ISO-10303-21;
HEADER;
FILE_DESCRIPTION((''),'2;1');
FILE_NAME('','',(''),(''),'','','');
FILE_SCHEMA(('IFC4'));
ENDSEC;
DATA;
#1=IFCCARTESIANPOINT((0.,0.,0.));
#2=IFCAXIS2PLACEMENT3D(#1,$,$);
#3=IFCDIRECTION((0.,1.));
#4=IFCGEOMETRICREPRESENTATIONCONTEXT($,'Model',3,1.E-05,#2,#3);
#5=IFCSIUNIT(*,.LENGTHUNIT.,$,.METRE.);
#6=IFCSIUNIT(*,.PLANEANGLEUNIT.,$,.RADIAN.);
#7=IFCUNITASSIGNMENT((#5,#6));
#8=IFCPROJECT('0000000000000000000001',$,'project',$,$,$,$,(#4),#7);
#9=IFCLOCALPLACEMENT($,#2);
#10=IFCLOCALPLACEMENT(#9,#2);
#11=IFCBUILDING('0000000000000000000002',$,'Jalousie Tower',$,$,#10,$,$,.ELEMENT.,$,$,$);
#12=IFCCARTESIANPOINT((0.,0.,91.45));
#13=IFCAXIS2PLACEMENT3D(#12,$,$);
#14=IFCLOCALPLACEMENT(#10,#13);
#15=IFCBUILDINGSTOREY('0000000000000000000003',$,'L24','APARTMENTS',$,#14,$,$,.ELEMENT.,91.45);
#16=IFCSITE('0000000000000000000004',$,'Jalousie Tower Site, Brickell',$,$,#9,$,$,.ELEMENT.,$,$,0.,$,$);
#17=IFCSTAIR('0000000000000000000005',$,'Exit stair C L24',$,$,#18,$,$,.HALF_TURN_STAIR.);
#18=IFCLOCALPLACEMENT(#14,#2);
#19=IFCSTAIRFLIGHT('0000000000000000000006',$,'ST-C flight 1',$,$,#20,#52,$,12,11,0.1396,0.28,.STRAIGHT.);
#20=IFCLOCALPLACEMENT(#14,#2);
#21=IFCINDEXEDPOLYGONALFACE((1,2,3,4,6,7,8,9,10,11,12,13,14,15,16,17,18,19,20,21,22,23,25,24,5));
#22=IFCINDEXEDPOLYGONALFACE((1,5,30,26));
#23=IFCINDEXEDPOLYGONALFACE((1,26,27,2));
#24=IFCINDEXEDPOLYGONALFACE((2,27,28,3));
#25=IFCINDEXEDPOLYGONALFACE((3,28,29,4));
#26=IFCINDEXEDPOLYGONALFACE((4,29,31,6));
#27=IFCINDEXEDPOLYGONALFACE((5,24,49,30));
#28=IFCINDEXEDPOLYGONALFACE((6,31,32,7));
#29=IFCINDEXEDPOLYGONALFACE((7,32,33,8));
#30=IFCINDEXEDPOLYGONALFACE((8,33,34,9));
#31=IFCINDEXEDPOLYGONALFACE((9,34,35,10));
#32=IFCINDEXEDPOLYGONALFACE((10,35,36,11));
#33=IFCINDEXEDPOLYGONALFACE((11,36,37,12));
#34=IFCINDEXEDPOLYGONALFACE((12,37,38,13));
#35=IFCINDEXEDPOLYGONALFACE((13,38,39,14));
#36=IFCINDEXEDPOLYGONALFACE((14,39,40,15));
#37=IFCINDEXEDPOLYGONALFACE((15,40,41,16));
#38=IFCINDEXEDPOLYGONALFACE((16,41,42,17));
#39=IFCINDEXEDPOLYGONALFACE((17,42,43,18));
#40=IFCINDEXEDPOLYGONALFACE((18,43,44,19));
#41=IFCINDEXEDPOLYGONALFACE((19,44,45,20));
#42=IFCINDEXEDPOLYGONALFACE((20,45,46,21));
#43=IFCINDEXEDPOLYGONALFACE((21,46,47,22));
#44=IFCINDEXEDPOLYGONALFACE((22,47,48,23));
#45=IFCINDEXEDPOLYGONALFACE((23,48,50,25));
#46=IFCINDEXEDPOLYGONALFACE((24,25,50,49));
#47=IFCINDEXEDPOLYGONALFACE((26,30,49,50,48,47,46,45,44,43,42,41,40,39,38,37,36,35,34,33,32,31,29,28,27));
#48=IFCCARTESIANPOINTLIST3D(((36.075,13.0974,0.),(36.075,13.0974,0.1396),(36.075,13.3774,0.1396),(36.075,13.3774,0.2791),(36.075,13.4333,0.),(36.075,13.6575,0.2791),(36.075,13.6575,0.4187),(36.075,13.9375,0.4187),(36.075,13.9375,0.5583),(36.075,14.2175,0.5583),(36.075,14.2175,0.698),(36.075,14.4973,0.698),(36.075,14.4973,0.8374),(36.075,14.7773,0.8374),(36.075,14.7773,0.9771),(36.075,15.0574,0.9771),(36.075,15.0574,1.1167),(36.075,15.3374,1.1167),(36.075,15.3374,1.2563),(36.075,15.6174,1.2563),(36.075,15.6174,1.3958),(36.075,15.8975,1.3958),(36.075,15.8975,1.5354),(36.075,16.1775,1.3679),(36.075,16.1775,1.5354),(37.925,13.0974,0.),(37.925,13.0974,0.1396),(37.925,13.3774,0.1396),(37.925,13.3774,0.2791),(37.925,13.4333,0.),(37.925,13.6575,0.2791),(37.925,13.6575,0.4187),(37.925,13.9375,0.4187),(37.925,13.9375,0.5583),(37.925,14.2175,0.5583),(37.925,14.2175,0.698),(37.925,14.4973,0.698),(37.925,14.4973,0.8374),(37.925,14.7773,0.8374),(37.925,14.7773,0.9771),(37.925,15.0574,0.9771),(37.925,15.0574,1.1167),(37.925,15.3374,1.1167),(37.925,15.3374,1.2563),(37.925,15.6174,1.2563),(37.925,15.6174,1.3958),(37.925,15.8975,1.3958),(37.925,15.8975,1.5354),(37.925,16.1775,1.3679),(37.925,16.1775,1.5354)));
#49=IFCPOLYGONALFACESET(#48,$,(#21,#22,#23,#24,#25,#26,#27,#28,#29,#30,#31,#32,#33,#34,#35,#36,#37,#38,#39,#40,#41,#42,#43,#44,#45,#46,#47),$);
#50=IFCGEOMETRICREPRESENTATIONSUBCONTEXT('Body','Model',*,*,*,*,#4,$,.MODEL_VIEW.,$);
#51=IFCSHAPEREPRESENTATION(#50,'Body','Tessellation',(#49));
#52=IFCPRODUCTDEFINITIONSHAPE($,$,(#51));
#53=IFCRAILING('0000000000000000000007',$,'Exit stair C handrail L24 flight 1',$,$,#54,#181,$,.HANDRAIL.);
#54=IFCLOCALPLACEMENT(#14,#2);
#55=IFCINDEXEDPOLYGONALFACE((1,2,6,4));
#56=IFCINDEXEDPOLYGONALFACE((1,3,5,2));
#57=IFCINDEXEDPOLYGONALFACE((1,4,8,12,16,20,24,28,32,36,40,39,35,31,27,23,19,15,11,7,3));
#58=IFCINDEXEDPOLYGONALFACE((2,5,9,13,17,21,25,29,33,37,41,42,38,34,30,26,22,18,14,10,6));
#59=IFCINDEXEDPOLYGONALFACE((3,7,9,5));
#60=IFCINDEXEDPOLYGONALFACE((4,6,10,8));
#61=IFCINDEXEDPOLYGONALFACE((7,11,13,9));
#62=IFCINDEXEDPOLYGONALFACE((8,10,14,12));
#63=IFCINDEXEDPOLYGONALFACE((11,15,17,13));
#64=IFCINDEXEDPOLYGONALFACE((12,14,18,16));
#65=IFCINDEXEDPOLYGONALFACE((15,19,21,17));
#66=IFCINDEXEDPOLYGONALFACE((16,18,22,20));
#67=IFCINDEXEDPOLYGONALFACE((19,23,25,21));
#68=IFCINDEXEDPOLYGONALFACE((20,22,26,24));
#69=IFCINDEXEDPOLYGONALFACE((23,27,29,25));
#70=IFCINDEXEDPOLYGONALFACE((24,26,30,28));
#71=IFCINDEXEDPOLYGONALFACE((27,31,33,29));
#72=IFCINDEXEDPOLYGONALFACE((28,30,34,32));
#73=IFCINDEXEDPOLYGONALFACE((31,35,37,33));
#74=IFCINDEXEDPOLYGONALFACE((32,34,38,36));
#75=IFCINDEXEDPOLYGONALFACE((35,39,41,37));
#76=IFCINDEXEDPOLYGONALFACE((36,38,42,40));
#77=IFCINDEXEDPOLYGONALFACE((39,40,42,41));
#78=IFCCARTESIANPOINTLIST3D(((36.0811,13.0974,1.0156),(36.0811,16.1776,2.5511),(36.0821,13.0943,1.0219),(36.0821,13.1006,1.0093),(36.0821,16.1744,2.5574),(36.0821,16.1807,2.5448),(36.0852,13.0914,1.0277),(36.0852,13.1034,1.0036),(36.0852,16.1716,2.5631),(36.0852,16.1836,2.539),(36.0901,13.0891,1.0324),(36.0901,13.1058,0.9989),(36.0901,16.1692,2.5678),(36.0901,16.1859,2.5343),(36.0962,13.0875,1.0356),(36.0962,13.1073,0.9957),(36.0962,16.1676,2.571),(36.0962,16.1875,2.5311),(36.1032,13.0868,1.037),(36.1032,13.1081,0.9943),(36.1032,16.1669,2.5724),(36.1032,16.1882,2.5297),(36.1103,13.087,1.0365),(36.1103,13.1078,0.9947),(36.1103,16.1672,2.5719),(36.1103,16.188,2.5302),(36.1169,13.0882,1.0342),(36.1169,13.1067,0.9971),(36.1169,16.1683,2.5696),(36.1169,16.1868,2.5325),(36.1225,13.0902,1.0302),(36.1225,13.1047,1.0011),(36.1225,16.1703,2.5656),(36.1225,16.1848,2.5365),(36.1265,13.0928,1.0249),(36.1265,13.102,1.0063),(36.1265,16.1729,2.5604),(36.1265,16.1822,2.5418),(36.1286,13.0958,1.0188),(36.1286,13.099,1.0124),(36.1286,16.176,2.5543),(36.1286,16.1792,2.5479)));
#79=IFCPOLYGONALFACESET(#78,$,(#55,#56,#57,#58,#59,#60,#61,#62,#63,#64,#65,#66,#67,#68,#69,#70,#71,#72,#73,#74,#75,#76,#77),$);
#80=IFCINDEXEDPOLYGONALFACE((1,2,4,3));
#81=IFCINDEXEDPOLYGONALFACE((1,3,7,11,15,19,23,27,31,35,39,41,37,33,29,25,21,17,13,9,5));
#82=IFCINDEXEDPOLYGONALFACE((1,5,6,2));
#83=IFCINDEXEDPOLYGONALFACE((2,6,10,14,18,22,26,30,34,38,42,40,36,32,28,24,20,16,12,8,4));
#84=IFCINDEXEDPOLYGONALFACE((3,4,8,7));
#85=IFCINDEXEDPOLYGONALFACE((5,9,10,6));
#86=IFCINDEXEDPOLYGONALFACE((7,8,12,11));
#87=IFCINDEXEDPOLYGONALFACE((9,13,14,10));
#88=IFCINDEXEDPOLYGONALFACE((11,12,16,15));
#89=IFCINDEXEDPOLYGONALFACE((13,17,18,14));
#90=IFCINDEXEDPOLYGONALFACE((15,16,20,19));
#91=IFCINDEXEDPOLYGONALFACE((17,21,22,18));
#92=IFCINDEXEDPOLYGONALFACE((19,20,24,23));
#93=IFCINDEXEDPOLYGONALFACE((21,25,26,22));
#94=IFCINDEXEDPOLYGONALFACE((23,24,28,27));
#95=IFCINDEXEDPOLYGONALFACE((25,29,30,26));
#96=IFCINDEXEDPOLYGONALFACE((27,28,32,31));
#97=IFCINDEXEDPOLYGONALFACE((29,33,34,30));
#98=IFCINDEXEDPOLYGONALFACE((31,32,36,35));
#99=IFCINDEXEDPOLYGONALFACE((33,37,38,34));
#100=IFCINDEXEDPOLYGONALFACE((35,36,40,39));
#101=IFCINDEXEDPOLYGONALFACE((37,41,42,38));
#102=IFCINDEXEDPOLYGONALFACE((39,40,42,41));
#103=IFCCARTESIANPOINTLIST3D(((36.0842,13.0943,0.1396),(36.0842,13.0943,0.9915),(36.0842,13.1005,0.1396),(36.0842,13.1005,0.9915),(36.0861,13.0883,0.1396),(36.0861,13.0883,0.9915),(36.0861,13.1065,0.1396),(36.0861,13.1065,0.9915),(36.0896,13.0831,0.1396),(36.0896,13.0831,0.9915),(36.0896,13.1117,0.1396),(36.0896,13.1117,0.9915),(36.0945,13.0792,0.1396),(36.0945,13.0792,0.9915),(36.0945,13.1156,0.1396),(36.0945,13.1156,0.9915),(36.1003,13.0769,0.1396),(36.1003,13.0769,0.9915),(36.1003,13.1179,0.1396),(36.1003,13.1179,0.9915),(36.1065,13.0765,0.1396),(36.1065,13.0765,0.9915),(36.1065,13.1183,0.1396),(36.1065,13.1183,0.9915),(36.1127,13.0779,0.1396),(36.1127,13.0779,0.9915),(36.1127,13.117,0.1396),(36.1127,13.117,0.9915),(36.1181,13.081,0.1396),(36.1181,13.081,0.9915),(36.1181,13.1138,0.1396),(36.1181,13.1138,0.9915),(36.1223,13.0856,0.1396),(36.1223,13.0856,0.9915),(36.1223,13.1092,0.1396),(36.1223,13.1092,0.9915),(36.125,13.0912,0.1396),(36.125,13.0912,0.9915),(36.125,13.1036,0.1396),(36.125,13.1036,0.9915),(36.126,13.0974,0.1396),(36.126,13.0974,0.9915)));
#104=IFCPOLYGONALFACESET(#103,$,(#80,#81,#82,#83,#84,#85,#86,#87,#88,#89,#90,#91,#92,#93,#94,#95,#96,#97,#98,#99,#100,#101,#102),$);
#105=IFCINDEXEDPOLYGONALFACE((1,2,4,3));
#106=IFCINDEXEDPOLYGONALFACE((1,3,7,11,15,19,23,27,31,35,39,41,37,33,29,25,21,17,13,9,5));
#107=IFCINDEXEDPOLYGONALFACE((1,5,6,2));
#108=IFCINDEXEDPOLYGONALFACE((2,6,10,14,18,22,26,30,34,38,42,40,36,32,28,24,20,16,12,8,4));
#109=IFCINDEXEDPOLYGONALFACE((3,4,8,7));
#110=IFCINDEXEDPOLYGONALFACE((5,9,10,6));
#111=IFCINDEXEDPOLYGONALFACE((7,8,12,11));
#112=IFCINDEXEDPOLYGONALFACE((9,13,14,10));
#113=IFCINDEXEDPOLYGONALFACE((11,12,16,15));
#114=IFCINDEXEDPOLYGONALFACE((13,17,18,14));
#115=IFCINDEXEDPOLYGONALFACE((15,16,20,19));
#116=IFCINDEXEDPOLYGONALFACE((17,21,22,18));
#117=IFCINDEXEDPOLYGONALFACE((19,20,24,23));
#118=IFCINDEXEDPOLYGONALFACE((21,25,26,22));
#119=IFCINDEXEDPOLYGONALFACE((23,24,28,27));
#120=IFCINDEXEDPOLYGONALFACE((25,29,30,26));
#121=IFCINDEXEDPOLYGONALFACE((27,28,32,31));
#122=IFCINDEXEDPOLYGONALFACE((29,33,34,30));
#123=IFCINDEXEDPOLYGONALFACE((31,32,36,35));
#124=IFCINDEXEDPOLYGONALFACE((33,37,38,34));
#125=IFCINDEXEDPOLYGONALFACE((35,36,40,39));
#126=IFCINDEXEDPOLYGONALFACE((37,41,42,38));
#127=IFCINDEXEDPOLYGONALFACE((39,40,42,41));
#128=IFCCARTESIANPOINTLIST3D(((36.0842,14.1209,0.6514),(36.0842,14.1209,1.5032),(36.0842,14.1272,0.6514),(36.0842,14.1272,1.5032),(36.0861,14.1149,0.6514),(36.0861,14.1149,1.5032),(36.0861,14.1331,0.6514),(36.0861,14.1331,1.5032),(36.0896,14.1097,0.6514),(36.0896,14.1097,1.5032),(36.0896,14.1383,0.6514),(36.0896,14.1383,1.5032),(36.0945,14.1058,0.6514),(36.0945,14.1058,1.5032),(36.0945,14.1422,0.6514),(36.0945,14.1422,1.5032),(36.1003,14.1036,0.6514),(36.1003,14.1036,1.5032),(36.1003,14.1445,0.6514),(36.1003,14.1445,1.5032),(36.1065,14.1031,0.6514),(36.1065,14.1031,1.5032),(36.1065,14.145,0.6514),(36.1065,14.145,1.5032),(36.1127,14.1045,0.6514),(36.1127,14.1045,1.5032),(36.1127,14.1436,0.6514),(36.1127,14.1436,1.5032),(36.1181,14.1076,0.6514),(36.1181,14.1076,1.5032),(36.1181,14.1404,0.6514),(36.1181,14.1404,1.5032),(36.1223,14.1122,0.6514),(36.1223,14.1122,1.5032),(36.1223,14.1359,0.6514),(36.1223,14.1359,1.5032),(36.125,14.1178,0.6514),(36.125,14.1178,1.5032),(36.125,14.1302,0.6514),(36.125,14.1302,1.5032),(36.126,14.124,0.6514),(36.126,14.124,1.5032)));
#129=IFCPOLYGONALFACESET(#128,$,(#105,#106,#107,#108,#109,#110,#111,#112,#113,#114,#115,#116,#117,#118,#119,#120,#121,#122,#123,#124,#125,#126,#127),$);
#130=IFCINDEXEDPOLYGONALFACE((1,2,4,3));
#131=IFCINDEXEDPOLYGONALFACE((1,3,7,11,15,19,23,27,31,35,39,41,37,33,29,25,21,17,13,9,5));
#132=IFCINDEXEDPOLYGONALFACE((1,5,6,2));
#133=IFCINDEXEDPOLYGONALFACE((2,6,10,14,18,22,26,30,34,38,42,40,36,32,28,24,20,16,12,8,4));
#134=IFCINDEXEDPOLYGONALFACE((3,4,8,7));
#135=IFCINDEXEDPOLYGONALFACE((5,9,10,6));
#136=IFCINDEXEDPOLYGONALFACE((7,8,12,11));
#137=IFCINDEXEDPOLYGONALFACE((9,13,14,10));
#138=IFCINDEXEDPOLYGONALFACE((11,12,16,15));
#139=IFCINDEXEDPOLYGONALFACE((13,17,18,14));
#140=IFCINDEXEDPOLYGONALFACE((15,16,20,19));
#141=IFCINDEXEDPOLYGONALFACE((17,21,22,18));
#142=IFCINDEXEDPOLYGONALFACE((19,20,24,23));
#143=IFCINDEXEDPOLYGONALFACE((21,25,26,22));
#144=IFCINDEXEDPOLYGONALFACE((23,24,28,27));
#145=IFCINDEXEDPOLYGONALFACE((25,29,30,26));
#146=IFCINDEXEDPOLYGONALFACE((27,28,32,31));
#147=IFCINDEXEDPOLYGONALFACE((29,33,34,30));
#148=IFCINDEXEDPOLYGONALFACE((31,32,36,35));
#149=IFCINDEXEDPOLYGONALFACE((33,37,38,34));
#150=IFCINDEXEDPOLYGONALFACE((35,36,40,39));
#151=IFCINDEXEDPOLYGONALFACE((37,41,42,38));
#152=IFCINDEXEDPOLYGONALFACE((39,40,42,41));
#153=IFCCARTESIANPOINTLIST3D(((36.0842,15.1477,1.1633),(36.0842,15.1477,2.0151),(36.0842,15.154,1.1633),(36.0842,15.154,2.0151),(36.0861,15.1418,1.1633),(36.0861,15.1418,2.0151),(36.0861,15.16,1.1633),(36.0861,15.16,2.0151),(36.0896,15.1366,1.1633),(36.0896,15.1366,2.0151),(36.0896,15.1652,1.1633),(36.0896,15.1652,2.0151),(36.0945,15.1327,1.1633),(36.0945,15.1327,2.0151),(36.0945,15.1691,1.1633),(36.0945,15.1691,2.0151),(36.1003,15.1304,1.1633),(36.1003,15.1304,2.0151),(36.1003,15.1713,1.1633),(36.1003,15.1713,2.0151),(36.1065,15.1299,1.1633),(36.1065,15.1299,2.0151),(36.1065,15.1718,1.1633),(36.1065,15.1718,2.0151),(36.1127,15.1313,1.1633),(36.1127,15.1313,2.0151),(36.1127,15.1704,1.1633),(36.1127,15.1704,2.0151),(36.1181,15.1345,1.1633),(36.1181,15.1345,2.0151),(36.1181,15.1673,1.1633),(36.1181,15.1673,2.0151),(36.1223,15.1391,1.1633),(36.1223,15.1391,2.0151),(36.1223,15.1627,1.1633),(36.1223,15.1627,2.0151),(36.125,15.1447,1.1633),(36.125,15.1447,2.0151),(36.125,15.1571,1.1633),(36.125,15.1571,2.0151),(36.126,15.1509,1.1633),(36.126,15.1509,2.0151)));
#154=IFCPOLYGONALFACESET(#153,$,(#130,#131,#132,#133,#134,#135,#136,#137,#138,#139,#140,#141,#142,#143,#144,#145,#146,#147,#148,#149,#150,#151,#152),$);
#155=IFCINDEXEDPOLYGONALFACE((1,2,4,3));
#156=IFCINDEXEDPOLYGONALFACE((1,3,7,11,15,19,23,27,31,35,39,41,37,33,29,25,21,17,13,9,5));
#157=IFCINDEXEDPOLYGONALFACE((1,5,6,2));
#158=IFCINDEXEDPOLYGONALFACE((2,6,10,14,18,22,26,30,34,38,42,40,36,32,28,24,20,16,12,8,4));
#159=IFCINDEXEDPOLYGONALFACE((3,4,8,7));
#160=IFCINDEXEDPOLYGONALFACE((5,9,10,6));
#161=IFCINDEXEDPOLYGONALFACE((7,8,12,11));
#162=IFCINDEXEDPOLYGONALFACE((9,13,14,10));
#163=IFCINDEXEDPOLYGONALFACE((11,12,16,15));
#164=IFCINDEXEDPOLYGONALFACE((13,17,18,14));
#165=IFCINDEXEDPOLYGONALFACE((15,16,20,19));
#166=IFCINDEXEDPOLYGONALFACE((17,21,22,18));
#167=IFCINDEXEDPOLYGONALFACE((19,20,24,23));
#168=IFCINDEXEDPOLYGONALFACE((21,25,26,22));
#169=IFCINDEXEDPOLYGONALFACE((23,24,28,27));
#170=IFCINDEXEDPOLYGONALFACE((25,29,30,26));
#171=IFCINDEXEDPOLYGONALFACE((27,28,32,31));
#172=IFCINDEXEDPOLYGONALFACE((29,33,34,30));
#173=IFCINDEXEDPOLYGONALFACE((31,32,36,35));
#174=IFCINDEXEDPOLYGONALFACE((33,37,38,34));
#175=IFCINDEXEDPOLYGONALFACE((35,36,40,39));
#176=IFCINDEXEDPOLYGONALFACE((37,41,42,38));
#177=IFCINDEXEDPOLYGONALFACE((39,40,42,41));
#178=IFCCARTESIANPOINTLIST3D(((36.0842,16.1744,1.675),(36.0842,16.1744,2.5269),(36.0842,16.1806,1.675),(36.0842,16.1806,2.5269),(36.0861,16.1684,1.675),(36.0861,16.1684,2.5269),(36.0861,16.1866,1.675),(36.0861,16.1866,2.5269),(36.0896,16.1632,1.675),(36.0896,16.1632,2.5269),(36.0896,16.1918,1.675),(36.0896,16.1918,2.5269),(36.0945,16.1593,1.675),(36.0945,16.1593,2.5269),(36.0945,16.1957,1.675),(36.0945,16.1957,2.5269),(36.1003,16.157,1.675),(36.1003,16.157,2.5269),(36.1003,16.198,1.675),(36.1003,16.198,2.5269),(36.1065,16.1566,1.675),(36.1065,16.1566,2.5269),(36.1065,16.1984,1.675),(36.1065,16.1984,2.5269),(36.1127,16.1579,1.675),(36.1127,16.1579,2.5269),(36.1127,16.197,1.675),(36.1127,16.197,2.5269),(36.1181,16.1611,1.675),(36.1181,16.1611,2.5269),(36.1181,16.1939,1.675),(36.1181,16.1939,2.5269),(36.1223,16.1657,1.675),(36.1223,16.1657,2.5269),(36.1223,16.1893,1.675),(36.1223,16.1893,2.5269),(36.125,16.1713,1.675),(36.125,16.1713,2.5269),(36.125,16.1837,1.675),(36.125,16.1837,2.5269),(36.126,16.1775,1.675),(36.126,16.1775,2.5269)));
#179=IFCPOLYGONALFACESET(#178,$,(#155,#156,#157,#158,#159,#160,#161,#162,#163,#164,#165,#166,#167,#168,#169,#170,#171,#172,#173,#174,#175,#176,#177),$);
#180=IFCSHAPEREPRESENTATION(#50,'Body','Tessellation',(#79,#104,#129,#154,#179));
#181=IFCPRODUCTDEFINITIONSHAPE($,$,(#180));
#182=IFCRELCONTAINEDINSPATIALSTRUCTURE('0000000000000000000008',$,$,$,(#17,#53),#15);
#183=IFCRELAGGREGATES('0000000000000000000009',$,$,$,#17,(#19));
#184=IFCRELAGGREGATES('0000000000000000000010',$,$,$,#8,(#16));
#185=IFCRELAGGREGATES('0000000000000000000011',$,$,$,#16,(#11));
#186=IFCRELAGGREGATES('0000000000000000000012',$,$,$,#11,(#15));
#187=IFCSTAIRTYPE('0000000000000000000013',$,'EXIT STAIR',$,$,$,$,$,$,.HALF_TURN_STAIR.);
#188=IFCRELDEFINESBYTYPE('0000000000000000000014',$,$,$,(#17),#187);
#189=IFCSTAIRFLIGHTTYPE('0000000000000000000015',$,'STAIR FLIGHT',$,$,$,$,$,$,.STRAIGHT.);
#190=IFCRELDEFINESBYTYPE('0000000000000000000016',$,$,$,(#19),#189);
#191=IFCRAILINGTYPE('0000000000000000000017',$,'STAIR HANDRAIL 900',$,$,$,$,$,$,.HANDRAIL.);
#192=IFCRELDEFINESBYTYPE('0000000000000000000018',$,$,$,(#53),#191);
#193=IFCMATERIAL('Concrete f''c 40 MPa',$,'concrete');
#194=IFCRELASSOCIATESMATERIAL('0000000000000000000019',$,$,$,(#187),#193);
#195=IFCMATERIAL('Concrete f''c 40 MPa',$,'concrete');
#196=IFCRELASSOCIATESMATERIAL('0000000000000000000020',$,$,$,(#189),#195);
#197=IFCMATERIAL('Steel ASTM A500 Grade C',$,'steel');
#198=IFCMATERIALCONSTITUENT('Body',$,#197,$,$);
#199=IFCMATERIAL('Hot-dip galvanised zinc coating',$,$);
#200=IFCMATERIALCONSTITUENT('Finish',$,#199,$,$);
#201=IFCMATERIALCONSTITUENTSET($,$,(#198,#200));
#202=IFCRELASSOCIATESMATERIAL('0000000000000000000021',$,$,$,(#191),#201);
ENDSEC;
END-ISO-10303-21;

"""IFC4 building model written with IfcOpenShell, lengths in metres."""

from ifc_helpers import new_model, si_unit, direction, frame, origin, origin_2d, place, context, subcontext, project, spatial, polyline, circle, outline, extrude, material, constituent, constituent_set, type_object, element, aggregate, save


model = new_model("IFC4")

# Units and contexts
model_context = context("Model", 3, precision=1e-05, world=origin(), true_north=direction((0.0, 1.0)))
body_context = subcontext(model_context, "Body", "Model", "MODEL_VIEW")
ifc_project = project(units=[si_unit("LENGTHUNIT", "METRE"), si_unit("PLANEANGLEUNIT", "RADIAN")], contexts=[model_context])

# Site, building, storey
site_placement = place(None, origin())
site = spatial("IfcSite", under=ifc_project, at=site_placement, Name="Jalousie Tower Site, Brickell", CompositionType="ELEMENT", RefElevation=0.0)
building_placement = place(site_placement, origin())
building = spatial("IfcBuilding", under=site, at=building_placement, Name="Jalousie Tower", CompositionType="ELEMENT")
storey_placement = place(building_placement, frame((0.0, 0.0, 91.45)))
storey = spatial("IfcBuildingStorey", under=building, at=storey_placement, Name="L24", Description="APARTMENTS", CompositionType="ELEMENT", Elevation=91.45)

# Stair, stair flight
ifc_material_1 = material(Name="Concrete f'c 40 MPa", Category="concrete")
stair_type = type_object("IfcStairType", Name="EXIT STAIR", PredefinedType="HALF_TURN_STAIR", material=ifc_material_1)
stair_placement = place(storey_placement, origin())
stair = element("IfcStair", 1, at=stair_placement, inside=storey, type_object=stair_type, Name="Exit stair C L24", PredefinedType="HALF_TURN_STAIR")
ifc_material_2 = material(Name="Concrete f'c 40 MPa", Category="concrete")
stair_flight_type = type_object("IfcStairFlightType", Name="STAIR FLIGHT", PredefinedType="STRAIGHT", material=ifc_material_2)
stair_flight_placement = place(storey_placement, frame((37.0, 13.0974, 0.0), z_axis=(0.0, 0.0, 1.0), x_axis=(0.0, 1.0, 0.0)))
stair_flight = element("IfcStairFlight", 2, at=stair_flight_placement, type_object=stair_flight_type, Name="ST-C flight 1", NumberOfRisers=12, NumberOfTreads=11, PredefinedType="STRAIGHT", RiserHeight=0.1396, TreadLength=0.28, context=body_context, shape_type="SweptSolid", body=[
    extrude(outline(polyline([(0.0, 0.0), (0.0, 0.1396), (0.28, 0.1396), (0.28, 0.2791), (0.5601, 0.2791), (0.5601, 0.4187), (0.8401, 0.4187), (0.8401, 0.5583), (1.1201, 0.5583), (1.1201, 0.698), (1.3999, 0.698), (1.3999, 0.8374), (1.6799, 0.8374), (1.6799, 0.9771), (1.96, 0.9771), (1.96, 1.1167), (2.24, 1.1167), (2.24, 1.2563), (2.52, 1.2563), (2.52, 1.3958), (2.8, 1.3958), (2.8, 1.5354), (3.0801, 1.5354), (3.0801, 1.675), (3.0801, 1.3679), (0.3359, 0.0), (0.0, 0.0)])), frame((0.0, 0.925, 0.0), z_axis=(0.0, -1.0, 0.0), x_axis=(1.0, 0.0, 0.0)), (0.0, 0.0, 1.0), 1.8501),
])
aggregate(stair, [stair_flight])

# Railing
ifc_material_3 = material(Name="Steel ASTM A500 Grade C", Category="steel")
ifc_constituent_1 = constituent(ifc_material_3, Name="Body")
ifc_material_4 = material(Name="Hot-dip galvanised zinc coating")
ifc_constituent_2 = constituent(ifc_material_4, Name="Finish")
ifc_constituent_set_1 = constituent_set(constituents=[ifc_constituent_1, ifc_constituent_2])
railing_type = type_object("IfcRailingType", Name="STAIR HANDRAIL 900", PredefinedType="HANDRAIL", material=ifc_constituent_set_1)
railing_placement = place(storey_placement, frame((36.105, 13.0974, 0.1396)))
element("IfcRailing", 3, at=railing_placement, inside=storey, type_object=railing_type, Name="Exit stair C handrail L24 flight 1", PredefinedType="HANDRAIL", context=body_context, shape_type="SweptSolid", body=[
    extrude(circle(Radius=0.0239, at=origin_2d()), frame((0.0, 0.0, 0.876), z_axis=(0.0, 0.894966, 0.446135), x_axis=(-1.0, 0.0, 0.0)), (0.0, 0.0, 1.0), 3.4417),
    extrude(circle(Radius=0.021, at=origin_2d()), origin(), (0.0, 0.0, 1.0), 0.8518),
    extrude(circle(Radius=0.021, at=origin_2d()), frame((0.0, 1.0266, 0.5117)), (0.0, 0.0, 1.0), 0.8518),
    extrude(circle(Radius=0.021, at=origin_2d()), frame((0.0, 2.0535, 1.0237)), (0.0, 0.0, 1.0), 0.8518),
    extrude(circle(Radius=0.021, at=origin_2d()), frame((0.0, 3.0801, 1.5354)), (0.0, 0.0, 1.0), 0.8518),
])

save(model, "model.ifc")
